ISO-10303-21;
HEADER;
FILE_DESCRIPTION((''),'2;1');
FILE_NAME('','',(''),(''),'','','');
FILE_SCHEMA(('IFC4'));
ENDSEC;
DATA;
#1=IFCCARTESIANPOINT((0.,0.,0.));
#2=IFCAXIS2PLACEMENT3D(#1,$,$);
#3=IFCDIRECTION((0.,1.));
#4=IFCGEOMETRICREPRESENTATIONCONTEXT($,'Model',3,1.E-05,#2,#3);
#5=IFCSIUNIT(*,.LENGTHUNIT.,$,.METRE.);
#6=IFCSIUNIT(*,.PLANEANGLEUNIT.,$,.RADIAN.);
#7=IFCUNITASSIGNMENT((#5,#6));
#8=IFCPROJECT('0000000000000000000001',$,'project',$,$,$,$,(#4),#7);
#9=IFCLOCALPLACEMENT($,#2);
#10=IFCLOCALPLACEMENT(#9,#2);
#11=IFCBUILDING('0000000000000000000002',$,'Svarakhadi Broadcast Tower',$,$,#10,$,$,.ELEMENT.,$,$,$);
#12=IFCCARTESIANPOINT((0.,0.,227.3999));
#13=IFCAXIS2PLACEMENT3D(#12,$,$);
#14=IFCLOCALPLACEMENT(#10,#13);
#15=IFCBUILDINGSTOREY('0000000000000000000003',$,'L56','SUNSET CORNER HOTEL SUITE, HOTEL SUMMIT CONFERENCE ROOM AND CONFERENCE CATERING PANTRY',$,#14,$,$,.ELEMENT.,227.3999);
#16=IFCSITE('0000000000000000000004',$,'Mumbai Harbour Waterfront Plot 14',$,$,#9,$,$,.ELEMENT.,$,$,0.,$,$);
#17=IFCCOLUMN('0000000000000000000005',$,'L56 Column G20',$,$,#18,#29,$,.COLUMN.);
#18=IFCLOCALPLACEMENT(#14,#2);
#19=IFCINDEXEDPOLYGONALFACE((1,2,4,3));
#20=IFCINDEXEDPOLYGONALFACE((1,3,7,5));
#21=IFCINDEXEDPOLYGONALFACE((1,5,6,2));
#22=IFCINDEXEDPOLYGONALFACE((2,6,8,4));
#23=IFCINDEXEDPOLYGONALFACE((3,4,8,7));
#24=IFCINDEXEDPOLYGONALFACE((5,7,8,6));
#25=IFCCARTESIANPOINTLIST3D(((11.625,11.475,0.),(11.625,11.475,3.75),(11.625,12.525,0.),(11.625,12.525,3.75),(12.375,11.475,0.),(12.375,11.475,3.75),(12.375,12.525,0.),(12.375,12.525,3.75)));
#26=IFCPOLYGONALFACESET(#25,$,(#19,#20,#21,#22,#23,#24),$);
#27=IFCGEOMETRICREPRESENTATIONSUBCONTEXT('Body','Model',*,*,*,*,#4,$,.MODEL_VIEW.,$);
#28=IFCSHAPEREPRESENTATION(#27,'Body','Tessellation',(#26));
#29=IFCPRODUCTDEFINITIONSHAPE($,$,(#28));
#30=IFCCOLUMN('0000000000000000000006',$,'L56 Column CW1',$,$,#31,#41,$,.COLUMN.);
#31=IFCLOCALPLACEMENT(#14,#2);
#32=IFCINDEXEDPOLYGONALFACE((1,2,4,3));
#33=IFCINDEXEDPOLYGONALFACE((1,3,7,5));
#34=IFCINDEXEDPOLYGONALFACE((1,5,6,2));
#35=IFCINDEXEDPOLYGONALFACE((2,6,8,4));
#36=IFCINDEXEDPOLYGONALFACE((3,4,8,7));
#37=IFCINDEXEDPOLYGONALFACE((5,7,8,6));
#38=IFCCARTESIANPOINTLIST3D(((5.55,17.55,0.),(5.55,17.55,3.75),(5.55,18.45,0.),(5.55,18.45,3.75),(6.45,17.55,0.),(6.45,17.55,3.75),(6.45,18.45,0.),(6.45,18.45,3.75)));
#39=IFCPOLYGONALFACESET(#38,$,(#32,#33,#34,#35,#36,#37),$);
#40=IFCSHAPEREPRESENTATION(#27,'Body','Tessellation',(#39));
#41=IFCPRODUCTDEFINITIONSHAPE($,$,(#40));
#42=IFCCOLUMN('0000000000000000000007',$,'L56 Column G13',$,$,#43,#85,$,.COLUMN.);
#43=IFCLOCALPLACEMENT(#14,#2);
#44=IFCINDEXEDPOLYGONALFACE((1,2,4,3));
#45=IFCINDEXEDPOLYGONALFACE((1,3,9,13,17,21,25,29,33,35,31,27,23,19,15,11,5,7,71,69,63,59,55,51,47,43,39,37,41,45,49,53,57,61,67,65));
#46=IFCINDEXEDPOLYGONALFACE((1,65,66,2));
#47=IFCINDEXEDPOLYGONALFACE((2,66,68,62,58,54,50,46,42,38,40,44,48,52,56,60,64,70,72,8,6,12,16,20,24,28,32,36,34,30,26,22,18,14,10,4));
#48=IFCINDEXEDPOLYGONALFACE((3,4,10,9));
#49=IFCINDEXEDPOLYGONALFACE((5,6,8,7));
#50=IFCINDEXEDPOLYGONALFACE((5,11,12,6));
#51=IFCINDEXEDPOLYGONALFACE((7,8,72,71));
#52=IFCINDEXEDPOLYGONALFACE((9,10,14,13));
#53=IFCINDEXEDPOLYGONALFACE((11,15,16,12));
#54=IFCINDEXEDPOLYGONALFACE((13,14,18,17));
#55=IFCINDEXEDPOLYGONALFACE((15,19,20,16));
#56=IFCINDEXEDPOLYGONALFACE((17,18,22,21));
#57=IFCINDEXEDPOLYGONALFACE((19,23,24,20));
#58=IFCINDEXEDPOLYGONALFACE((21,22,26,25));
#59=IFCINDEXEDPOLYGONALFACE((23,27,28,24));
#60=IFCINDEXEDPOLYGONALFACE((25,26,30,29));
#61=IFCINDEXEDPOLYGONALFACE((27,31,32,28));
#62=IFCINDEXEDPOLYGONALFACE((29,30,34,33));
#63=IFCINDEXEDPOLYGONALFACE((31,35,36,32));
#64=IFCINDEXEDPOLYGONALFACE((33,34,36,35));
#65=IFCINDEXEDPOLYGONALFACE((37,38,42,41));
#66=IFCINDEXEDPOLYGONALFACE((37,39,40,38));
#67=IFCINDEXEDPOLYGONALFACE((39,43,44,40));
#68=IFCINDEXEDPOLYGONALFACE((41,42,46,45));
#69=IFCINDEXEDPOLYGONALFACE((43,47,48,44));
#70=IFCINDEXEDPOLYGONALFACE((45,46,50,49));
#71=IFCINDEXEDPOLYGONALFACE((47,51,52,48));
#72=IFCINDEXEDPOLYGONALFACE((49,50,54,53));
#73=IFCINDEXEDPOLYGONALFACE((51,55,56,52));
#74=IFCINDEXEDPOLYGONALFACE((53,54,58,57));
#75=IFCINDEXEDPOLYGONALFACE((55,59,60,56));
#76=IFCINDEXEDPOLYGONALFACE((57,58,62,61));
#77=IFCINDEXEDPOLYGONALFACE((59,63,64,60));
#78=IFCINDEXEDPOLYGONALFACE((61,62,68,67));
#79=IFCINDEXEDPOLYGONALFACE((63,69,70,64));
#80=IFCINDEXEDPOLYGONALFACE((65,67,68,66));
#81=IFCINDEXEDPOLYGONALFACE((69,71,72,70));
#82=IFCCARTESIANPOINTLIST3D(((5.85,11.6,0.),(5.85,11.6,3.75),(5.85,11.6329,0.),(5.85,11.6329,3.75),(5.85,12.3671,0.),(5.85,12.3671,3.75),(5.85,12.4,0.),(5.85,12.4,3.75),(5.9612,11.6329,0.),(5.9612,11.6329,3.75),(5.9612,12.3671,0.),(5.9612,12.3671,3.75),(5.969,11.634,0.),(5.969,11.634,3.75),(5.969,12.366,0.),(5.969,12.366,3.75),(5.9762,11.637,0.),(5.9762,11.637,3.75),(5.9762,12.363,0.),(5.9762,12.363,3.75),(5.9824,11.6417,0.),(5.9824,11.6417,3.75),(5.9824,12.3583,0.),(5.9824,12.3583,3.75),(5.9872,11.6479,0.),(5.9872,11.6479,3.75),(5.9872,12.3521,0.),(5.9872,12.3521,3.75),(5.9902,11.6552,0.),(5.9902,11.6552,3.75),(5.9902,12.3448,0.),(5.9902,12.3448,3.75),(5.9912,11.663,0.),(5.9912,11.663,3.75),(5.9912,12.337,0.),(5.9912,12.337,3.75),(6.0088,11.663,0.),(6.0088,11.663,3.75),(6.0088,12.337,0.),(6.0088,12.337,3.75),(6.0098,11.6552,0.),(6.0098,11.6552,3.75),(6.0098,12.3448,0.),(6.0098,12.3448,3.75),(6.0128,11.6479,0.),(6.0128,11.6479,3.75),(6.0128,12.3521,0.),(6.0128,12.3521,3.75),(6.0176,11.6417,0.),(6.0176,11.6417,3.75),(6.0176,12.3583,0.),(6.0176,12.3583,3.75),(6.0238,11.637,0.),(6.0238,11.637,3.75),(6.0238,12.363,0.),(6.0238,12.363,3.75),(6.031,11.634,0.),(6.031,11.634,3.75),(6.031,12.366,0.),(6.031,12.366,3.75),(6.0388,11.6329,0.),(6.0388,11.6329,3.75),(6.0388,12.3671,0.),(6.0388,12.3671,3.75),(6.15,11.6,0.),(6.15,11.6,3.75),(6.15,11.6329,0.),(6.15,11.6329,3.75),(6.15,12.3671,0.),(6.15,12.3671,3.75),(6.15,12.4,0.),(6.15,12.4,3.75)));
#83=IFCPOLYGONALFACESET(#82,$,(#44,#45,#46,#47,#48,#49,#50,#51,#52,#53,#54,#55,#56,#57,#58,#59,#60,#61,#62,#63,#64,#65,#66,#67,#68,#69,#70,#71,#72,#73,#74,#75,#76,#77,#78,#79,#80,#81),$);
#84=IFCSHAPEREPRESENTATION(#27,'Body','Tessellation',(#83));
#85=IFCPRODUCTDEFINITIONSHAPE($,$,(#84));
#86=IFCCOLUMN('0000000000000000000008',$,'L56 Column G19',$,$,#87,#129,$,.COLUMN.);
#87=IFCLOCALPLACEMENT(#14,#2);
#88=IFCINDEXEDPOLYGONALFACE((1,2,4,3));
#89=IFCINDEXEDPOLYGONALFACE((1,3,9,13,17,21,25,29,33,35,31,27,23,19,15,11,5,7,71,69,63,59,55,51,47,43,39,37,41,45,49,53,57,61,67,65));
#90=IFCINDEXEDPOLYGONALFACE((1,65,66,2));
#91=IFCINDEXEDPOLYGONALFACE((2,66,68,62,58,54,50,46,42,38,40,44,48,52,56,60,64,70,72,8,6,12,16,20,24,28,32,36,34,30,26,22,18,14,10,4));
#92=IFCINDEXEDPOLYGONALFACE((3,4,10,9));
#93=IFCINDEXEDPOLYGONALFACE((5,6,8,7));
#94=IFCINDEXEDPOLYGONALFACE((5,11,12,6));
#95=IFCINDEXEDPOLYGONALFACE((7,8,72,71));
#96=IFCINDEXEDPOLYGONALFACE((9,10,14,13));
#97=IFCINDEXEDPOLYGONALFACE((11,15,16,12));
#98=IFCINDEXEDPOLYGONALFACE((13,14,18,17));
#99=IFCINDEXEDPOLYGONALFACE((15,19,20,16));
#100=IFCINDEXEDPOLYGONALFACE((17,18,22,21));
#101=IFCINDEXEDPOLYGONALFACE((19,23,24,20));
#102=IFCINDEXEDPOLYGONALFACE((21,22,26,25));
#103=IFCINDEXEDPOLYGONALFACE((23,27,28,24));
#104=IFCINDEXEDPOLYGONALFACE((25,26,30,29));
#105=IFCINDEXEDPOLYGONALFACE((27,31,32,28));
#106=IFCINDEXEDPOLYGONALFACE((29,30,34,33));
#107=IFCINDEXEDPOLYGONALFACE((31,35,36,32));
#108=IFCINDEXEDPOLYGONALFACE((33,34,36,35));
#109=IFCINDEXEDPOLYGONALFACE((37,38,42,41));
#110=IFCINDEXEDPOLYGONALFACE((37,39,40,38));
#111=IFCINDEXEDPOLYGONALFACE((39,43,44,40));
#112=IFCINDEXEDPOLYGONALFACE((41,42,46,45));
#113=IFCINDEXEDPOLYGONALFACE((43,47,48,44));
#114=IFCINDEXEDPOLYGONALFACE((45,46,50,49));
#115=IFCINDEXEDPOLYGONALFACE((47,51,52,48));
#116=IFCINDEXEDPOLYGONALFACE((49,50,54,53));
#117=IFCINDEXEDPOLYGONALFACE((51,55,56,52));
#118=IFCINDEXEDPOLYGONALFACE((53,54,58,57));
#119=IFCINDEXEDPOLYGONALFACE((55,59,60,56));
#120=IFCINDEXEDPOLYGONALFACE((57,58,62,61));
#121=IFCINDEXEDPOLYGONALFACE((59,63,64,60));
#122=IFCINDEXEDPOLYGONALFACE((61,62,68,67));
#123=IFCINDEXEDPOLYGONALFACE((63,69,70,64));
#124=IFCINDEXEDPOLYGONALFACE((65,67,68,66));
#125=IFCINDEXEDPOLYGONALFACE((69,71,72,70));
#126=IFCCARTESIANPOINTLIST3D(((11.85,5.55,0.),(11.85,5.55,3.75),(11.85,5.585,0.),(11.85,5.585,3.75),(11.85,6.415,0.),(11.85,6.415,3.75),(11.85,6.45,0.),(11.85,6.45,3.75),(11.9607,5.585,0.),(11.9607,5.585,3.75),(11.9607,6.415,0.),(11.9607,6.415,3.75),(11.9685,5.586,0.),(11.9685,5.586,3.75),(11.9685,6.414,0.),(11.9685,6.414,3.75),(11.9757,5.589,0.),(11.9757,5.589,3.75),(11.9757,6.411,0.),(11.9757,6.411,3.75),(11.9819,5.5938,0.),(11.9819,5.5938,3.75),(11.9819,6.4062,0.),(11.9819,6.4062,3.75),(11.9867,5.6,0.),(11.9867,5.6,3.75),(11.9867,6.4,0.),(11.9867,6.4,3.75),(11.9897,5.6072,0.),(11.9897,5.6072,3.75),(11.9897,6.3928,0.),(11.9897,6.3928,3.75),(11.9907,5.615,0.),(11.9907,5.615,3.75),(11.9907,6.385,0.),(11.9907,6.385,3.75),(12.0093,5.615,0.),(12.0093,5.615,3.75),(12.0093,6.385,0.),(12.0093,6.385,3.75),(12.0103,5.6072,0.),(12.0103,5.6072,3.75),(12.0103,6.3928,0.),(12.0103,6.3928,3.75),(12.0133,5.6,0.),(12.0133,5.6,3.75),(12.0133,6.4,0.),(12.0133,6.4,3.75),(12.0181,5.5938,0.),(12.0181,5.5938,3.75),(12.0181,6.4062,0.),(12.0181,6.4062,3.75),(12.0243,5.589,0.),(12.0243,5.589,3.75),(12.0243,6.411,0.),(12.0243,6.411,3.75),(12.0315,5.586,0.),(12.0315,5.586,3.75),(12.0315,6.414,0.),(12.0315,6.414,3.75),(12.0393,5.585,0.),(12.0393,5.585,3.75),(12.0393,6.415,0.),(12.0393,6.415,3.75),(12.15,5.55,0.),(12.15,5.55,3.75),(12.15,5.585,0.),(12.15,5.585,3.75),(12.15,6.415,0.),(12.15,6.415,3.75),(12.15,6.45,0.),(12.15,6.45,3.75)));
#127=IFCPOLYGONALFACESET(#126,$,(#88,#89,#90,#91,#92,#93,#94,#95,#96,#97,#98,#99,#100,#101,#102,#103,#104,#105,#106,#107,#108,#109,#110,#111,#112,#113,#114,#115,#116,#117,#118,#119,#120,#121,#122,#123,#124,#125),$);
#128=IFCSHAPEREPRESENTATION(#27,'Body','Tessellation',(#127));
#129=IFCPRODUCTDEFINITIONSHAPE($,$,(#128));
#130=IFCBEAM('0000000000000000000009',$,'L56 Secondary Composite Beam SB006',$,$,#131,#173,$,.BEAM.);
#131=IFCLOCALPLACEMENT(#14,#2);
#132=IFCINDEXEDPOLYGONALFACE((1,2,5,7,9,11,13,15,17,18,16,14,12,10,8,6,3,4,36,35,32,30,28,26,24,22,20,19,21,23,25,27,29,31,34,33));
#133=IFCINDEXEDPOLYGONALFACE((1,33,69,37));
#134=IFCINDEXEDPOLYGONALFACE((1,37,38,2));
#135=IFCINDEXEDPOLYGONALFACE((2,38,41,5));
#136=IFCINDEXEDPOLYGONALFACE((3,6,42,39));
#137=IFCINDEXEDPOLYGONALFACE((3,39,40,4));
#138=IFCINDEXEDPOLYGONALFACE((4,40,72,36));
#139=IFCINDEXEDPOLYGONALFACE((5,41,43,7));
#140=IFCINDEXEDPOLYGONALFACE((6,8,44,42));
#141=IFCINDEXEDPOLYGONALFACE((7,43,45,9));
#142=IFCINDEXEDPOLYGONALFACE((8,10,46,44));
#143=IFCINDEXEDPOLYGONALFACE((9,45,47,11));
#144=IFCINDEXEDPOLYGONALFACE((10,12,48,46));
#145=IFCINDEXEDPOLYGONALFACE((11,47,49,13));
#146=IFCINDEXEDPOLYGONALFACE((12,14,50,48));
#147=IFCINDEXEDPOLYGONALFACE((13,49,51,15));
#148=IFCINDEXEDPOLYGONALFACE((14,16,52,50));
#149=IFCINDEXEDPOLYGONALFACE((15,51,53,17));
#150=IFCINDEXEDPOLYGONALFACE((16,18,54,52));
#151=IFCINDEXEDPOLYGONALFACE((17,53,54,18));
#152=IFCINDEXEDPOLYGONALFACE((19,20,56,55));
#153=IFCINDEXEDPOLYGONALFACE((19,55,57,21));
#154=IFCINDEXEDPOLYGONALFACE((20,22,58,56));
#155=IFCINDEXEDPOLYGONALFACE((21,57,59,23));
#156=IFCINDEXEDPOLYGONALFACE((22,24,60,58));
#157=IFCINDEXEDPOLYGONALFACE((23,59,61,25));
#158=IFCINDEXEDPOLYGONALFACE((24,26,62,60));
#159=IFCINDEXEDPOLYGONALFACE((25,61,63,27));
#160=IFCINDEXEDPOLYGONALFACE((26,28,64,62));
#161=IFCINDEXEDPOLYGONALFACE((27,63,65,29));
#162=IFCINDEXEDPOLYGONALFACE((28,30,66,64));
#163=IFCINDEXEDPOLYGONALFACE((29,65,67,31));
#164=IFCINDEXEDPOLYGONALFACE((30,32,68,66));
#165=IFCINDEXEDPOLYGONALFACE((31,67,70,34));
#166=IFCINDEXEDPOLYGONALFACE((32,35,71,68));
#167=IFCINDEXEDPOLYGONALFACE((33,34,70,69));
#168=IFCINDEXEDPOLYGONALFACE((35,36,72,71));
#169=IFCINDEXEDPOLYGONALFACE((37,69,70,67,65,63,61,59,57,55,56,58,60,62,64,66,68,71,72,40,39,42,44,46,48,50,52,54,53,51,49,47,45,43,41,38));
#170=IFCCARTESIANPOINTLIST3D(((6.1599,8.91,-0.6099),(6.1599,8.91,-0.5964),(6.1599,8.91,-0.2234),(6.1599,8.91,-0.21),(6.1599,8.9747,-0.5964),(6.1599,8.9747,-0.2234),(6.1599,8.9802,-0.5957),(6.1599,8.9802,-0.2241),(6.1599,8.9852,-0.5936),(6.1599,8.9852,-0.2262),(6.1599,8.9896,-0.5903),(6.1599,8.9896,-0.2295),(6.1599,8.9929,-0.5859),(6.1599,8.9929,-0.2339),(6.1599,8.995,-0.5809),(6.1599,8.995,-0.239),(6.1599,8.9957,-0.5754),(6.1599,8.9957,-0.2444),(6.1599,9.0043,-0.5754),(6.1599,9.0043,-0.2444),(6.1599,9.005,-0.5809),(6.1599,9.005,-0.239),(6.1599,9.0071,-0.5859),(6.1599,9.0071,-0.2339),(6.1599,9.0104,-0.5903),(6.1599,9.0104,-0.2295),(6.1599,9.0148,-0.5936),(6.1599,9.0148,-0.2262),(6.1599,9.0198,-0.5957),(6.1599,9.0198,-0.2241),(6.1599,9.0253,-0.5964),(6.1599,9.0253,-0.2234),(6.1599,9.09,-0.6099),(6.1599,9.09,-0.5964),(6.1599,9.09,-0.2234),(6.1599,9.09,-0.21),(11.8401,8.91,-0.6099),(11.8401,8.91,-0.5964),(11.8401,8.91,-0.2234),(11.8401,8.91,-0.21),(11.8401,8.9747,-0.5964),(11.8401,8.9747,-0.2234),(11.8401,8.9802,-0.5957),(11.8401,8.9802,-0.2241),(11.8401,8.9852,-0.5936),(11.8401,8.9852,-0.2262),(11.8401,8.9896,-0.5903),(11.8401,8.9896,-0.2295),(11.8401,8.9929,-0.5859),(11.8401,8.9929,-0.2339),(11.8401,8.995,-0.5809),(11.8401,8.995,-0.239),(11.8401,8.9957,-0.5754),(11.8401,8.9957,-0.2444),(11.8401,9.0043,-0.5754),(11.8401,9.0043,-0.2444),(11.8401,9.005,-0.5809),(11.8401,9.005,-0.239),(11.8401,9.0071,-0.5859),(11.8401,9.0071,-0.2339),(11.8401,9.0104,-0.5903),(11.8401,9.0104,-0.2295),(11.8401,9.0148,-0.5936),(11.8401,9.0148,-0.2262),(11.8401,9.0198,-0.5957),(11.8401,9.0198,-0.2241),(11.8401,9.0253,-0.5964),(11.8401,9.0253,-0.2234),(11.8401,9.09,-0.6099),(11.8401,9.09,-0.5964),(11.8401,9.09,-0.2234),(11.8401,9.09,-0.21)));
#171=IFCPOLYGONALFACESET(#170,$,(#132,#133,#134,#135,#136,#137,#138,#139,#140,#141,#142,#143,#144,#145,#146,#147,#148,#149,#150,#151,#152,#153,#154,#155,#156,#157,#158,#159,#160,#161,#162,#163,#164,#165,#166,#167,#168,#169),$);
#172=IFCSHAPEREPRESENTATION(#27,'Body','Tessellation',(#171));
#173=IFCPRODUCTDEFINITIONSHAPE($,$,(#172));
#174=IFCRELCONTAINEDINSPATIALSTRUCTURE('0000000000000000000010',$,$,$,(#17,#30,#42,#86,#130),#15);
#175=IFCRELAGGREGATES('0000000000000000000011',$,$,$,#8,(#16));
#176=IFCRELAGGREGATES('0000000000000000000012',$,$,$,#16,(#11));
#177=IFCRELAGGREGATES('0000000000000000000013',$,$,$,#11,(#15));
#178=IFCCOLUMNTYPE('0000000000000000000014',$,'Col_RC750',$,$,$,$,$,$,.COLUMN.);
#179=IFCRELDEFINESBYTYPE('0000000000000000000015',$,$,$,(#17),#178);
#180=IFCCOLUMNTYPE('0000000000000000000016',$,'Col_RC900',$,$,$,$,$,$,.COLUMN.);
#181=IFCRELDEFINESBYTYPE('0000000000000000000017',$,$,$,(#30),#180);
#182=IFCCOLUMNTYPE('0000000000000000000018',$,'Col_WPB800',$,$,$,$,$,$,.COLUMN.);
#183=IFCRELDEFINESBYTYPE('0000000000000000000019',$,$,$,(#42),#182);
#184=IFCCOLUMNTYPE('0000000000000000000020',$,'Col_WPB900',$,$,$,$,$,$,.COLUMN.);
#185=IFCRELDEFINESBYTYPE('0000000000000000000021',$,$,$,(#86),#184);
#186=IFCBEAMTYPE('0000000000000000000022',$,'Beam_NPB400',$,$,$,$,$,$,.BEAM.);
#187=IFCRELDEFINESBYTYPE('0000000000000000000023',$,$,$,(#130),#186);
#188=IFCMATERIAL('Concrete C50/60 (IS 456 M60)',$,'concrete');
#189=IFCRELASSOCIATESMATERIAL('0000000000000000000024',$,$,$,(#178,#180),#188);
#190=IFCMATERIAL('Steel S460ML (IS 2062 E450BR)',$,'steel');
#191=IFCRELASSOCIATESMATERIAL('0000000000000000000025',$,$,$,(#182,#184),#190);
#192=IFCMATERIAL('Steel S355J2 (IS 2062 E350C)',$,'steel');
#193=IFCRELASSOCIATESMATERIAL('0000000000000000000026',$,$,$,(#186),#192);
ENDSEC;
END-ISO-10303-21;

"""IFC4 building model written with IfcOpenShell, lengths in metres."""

from ifc_helpers import new_model, si_unit, direction, frame, origin, origin_2d, place, context, subcontext, project, spatial, rectangle, i_section, extrude, material, material_profile, profile_set, type_object, element, save


model = new_model("IFC4")

# Units and contexts
model_context = context("Model", 3, precision=1e-05, world=origin(), true_north=direction((0.0, 1.0)))
body_context = subcontext(model_context, "Body", "Model", "MODEL_VIEW")
ifc_project = project(units=[si_unit("LENGTHUNIT", "METRE"), si_unit("PLANEANGLEUNIT", "RADIAN")], contexts=[model_context])

# Site, building, storey
site_placement = place(None, origin())
site = spatial("IfcSite", under=ifc_project, at=site_placement, Name="Mumbai Harbour Waterfront Plot 14", CompositionType="ELEMENT", RefElevation=0.0)
building_placement = place(site_placement, origin())
building = spatial("IfcBuilding", under=site, at=building_placement, Name="Svarakhadi Broadcast Tower", CompositionType="ELEMENT")
storey_placement = place(building_placement, frame((0.0, 0.0, 227.3999)))
storey = spatial("IfcBuildingStorey", under=building, at=storey_placement, Name="L56", Description="SUNSET CORNER HOTEL SUITE, HOTEL SUMMIT CONFERENCE ROOM AND CONFERENCE CATERING PANTRY", CompositionType="ELEMENT", Elevation=227.3999)

# Columns
ifc_material_1 = material(Name="Concrete C50/60 (IS 456 M60)", Category="concrete")
ifc_material_profile_1 = material_profile(ifc_material_1, rectangle(XDim=0.75, YDim=1.05, at=origin_2d()), Name="RC 750x1050")
ifc_profile_set_1 = profile_set([ifc_material_profile_1], Name="Concrete C50/60 (IS 456 M60)")
column_type_1 = type_object("IfcColumnType", Name="Col_RC750", PredefinedType="COLUMN", material=ifc_profile_set_1)
column_1_placement = place(storey_placement, frame((12.0, 12.0, 0.0), z_axis=(0.0, 0.0, 1.0), x_axis=(1.0, 0.0, 0.0)))
element("IfcColumn", 1, at=column_1_placement, inside=storey, type_object=column_type_1, Name="L56 Column G20", PredefinedType="COLUMN", context=body_context, shape_type="SweptSolid", body=[
    extrude(rectangle(XDim=0.75, YDim=1.05, at=origin_2d()), origin(), (0.0, 0.0, 1.0), 3.75),
])
ifc_material_profile_2 = material_profile(ifc_material_1, rectangle(XDim=0.8999, YDim=0.8999, at=origin_2d()), Name="RC 900x900")
ifc_profile_set_2 = profile_set([ifc_material_profile_2], Name="Concrete C50/60 (IS 456 M60)")
column_type_2 = type_object("IfcColumnType", Name="Col_RC900", PredefinedType="COLUMN", material=ifc_profile_set_2)
column_2_placement = place(storey_placement, frame((6.0, 18.0, 0.0), z_axis=(0.0, 0.0, 1.0), x_axis=(1.0, 0.0, 0.0)))
element("IfcColumn", 2, at=column_2_placement, inside=storey, type_object=column_type_2, Name="L56 Column CW1", PredefinedType="COLUMN", context=body_context, shape_type="SweptSolid", body=[
    extrude(rectangle(XDim=0.8999, YDim=0.8999, at=origin_2d()), origin(), (0.0, 0.0, 1.0), 3.75),
])
ifc_material_2 = material(Name="Steel S460ML (IS 2062 E450BR)", Category="steel")
ifc_material_profile_3 = material_profile(ifc_material_2, i_section(OverallWidth=0.3, OverallDepth=0.8, WebThickness=0.0176, FlangeThickness=0.033, FilletRadius=0.03, at=origin_2d()), Name="WPB 800x300x262")
ifc_profile_set_3 = profile_set([ifc_material_profile_3], Name="Steel S460ML (IS 2062 E450BR)")
column_type_3 = type_object("IfcColumnType", Name="Col_WPB800", PredefinedType="COLUMN", material=ifc_profile_set_3)
column_3_placement = place(storey_placement, frame((6.0, 12.0, 0.0), z_axis=(0.0, 0.0, 1.0), x_axis=(1.0, 0.0, 0.0)))
element("IfcColumn", 3, at=column_3_placement, inside=storey, type_object=column_type_3, Name="L56 Column G13", PredefinedType="COLUMN", context=body_context, shape_type="SweptSolid", body=[
    extrude(i_section(OverallWidth=0.3, OverallDepth=0.8, WebThickness=0.0176, FlangeThickness=0.033, FilletRadius=0.03, at=origin_2d()), origin(), (0.0, 0.0, 1.0), 3.75),
])
ifc_material_profile_4 = material_profile(ifc_material_2, i_section(OverallWidth=0.3, OverallDepth=0.8999, WebThickness=0.0186, FlangeThickness=0.0349, FilletRadius=0.03, at=origin_2d()), Name="WPB 900x300x291")
ifc_profile_set_4 = profile_set([ifc_material_profile_4], Name="Steel S460ML (IS 2062 E450BR)")
column_type_4 = type_object("IfcColumnType", Name="Col_WPB900", PredefinedType="COLUMN", material=ifc_profile_set_4)
column_4_placement = place(storey_placement, frame((12.0, 6.0, 0.0), z_axis=(0.0, 0.0, 1.0), x_axis=(1.0, 0.0, 0.0)))
element("IfcColumn", 4, at=column_4_placement, inside=storey, type_object=column_type_4, Name="L56 Column G19", PredefinedType="COLUMN", context=body_context, shape_type="SweptSolid", body=[
    extrude(i_section(OverallWidth=0.3, OverallDepth=0.8999, WebThickness=0.0186, FlangeThickness=0.0349, FilletRadius=0.03, at=origin_2d()), origin(), (0.0, 0.0, 1.0), 3.75),
])

# Beam
ifc_material_3 = material(Name="Steel S355J2 (IS 2062 E350C)", Category="steel")
ifc_material_profile_5 = material_profile(ifc_material_3, i_section(OverallWidth=0.1799, OverallDepth=0.3999, WebThickness=0.0085, FlangeThickness=0.0134, FilletRadius=0.021, at=origin_2d()), Name="NPB 400x180x66")
ifc_profile_set_5 = profile_set([ifc_material_profile_5], Name="Steel S355J2 (IS 2062 E350C)")
beam_type_1 = type_object("IfcBeamType", Name="Beam_NPB400", PredefinedType="BEAM", material=ifc_profile_set_5)
for number, where, z_axis, x_axis, name in (
    (5, (6.1599, 9.0, -0.4099), (1.0, 0.0, 0.0), (0.0, 1.0, 0.0), "L56 Secondary Composite Beam SB006"),
):
    element("IfcBeam", number, at=place(storey_placement, frame(where, z_axis=z_axis, x_axis=x_axis)), inside=storey, type_object=beam_type_1, Name=name, PredefinedType="BEAM", context=body_context, shape_type="SweptSolid", body=[
        extrude(i_section(OverallWidth=0.1799, OverallDepth=0.3999, WebThickness=0.0085, FlangeThickness=0.0134, FilletRadius=0.021, at=origin_2d()), origin(), (0.0, 0.0, 1.0), 5.6802),
    ])

save(model, "model.ifc")
